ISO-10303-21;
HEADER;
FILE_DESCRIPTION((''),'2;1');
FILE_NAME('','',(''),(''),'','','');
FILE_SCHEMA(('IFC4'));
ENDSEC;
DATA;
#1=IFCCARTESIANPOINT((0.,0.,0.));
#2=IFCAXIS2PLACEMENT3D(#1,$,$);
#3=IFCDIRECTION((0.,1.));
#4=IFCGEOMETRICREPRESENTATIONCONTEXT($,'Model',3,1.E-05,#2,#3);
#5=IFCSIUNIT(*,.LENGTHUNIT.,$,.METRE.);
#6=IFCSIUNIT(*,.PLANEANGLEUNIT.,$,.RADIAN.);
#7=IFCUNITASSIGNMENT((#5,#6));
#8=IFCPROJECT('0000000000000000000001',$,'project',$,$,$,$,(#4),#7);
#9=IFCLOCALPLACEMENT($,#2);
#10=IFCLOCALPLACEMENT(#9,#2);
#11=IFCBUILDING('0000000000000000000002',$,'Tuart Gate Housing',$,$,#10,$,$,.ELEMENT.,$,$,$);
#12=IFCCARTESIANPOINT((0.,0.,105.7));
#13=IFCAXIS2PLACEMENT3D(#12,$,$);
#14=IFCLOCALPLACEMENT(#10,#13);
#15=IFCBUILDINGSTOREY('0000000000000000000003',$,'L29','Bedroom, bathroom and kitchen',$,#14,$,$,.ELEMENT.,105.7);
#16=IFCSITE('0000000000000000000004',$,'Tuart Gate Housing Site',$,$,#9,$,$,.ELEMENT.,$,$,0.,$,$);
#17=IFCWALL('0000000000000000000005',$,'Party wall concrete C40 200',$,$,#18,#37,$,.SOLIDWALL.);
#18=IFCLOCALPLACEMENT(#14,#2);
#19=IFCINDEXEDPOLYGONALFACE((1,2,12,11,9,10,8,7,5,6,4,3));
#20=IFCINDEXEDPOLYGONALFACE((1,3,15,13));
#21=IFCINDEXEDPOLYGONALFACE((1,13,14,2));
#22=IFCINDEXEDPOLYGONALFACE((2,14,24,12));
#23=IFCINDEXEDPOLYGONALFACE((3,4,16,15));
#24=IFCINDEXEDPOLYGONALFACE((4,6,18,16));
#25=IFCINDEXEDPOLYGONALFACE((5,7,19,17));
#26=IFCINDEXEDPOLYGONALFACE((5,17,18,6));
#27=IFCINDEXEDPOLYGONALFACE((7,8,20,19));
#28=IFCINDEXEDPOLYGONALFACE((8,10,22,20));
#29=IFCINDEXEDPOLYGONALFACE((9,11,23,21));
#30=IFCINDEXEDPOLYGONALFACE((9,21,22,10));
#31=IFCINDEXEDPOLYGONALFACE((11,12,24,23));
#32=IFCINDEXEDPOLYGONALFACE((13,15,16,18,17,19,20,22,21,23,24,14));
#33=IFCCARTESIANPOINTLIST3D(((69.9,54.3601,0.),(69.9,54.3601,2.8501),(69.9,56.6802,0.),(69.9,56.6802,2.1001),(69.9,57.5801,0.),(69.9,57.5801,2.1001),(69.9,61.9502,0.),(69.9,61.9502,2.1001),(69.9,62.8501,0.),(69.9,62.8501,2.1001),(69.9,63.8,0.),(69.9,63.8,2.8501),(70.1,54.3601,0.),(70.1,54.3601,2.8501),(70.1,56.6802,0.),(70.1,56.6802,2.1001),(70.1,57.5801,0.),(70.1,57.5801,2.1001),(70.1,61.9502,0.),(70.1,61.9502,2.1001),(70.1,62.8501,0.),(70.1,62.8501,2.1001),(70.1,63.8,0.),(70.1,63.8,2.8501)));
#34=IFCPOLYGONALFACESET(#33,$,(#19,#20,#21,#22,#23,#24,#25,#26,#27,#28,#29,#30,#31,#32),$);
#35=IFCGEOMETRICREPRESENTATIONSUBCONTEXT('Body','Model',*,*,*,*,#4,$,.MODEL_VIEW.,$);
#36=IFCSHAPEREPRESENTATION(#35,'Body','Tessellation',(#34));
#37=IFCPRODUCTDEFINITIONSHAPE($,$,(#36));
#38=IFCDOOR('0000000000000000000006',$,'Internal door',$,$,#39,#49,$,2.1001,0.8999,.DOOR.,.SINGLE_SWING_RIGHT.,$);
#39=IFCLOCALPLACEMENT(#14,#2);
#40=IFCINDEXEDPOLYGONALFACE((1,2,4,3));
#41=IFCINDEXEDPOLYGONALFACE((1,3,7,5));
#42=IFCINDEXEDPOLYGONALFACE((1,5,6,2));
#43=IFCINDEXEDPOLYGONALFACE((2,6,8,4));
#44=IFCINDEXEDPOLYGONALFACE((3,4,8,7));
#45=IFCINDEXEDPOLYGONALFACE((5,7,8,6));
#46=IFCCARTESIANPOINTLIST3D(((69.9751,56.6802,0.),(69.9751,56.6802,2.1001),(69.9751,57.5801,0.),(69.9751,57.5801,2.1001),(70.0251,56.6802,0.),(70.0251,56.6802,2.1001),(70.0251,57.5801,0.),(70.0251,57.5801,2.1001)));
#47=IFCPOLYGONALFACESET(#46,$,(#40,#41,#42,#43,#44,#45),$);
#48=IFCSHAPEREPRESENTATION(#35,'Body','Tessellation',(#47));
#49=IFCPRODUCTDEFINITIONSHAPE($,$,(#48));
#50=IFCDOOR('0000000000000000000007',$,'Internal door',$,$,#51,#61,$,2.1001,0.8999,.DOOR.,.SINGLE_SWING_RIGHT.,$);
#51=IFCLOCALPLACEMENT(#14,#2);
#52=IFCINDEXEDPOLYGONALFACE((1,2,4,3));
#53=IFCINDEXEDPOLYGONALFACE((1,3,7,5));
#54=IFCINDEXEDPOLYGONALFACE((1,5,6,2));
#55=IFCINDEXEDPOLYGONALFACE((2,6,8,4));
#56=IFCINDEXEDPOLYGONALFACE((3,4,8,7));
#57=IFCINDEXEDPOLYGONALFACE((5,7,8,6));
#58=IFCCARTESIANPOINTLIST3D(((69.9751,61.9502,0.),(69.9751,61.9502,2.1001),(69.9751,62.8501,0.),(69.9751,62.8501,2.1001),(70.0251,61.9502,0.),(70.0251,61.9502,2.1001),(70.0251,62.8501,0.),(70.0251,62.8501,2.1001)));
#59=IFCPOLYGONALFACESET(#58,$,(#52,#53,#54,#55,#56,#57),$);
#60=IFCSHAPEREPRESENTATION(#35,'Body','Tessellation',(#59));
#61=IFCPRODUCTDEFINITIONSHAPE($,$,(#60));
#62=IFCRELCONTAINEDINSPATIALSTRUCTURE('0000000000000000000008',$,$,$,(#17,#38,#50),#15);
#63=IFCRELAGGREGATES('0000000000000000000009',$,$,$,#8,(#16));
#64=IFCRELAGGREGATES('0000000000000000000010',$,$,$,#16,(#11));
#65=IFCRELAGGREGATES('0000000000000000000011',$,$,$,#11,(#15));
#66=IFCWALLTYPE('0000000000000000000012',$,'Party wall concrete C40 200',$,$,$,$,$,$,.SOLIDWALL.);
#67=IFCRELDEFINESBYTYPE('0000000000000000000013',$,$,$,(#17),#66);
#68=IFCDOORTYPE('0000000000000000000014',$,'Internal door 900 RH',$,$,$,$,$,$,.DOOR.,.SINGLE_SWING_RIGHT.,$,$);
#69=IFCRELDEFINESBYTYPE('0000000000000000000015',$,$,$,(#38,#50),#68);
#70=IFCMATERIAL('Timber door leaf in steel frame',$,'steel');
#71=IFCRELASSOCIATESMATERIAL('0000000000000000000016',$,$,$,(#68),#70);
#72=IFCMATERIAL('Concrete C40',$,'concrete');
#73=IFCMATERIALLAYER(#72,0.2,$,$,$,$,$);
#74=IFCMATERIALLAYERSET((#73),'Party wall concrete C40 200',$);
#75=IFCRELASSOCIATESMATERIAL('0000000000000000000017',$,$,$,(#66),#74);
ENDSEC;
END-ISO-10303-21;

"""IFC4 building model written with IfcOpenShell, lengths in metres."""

from ifc_helpers import new_model, si_unit, direction, frame, frame_2d, origin, place, context, subcontext, project, spatial, rectangle, extrude, material, layer, layer_set, type_object, element, fill, save


model = new_model("IFC4")

# Units and contexts
model_context = context("Model", 3, precision=1e-05, world=origin(), true_north=direction((0.0, 1.0)))
body_context = subcontext(model_context, "Body", "Model", "MODEL_VIEW")
ifc_project = project(units=[si_unit("LENGTHUNIT", "METRE"), si_unit("PLANEANGLEUNIT", "RADIAN")], contexts=[model_context])

# Site, building, storey
site_placement = place(None, origin())
site = spatial("IfcSite", under=ifc_project, at=site_placement, Name="Tuart Gate Housing Site", CompositionType="ELEMENT", RefElevation=0.0)
building_placement = place(site_placement, origin())
building = spatial("IfcBuilding", under=site, at=building_placement, Name="Tuart Gate Housing", CompositionType="ELEMENT")
storey_placement = place(building_placement, frame((0.0, 0.0, 105.7)))
storey = spatial("IfcBuildingStorey", under=building, at=storey_placement, Name="L29", Description="Bedroom, bathroom and kitchen", CompositionType="ELEMENT", Elevation=105.7)

# Shared definitions
ifc_material_1 = material(Name="Timber door leaf in steel frame", Category="steel")
door_type_1 = type_object("IfcDoorType", Name="Internal door 900 RH", OperationType="SINGLE_SWING_RIGHT", PredefinedType="DOOR", material=ifc_material_1)

# Shared definitions
ifc_material_2 = material(Name="Concrete C40", Category="concrete")
ifc_layer_1 = layer(ifc_material_2, 0.2)
ifc_layer_set_1 = layer_set([ifc_layer_1], Name="Party wall concrete C40 200")
wall_type_1 = type_object("IfcWallType", Name="Party wall concrete C40 200", PredefinedType="SOLIDWALL", material=ifc_layer_set_1)

# Wall, openings, doors
wall_1_placement = place(storey_placement, frame((70.0, 54.3601, 0.0), z_axis=(0.0, 0.0, 1.0), x_axis=(0.0, 1.0, 0.0)))
wall_1 = element("IfcWall", 1, at=wall_1_placement, inside=storey, type_object=wall_type_1, Name="Party wall concrete C40 200", PredefinedType="SOLIDWALL", context=body_context, shape_type="SweptSolid", body=[
    extrude(rectangle(XDim=9.4399, YDim=0.2, at=frame_2d((4.72, 0.0))), origin(), (0.0, 0.0, 1.0), 2.8501),
])
opening_1_placement = place(wall_1_placement, frame((2.3201, 0.0, 0.0)))
opening_1 = element("IfcOpeningElement", 2, at=opening_1_placement, cuts=wall_1, PredefinedType="OPENING", context=body_context, shape_type="SweptSolid", body=[
    extrude(rectangle(XDim=0.8999, YDim=2.1001, at=frame_2d((0.45, 1.05))), frame((0.0, 0.1099, 0.0), z_axis=(0.0, -1.0, 0.0), x_axis=(1.0, 0.0, 0.0)), (0.0, 0.0, 1.0), 0.22),
])
opening_2_placement = place(wall_1_placement, frame((7.5901, 0.0, 0.0)))
opening_2 = element("IfcOpeningElement", 3, at=opening_2_placement, cuts=wall_1, PredefinedType="OPENING", context=body_context, shape_type="SweptSolid", body=[
    extrude(rectangle(XDim=0.8999, YDim=2.1001, at=frame_2d((0.45, 1.05))), frame((0.0, 0.1099, 0.0), z_axis=(0.0, -1.0, 0.0), x_axis=(1.0, 0.0, 0.0)), (0.0, 0.0, 1.0), 0.22),
])
door_1_placement = place(opening_1_placement, frame((0.8999, 0.0, 0.0), z_axis=(0.0, 0.0, 1.0), x_axis=(-1.0, 0.0, 0.0)))
door_1 = element("IfcDoor", 4, at=door_1_placement, inside=storey, type_object=door_type_1, Name="Internal door", OperationType="SINGLE_SWING_RIGHT", OverallHeight=2.1001, OverallWidth=0.8999, PredefinedType="DOOR", context=body_context, shape_type="SweptSolid", body=[
    extrude(rectangle(XDim=0.8999, YDim=2.1001, at=frame_2d((0.45, 1.05))), frame((0.0, 0.0251, 0.0), z_axis=(0.0, -1.0, 0.0), x_axis=(1.0, 0.0, 0.0)), (0.0, 0.0, 1.0), 0.05),
])
fill(opening_1, door_1)
door_2_placement = place(opening_2_placement, frame((0.8999, 0.0, 0.0), z_axis=(0.0, 0.0, 1.0), x_axis=(-1.0, 0.0, 0.0)))
door_2 = element("IfcDoor", 5, at=door_2_placement, inside=storey, type_object=door_type_1, Name="Internal door", OperationType="SINGLE_SWING_RIGHT", OverallHeight=2.1001, OverallWidth=0.8999, PredefinedType="DOOR", context=body_context, shape_type="SweptSolid", body=[
    extrude(rectangle(XDim=0.8999, YDim=2.1001, at=frame_2d((0.45, 1.05))), frame((0.0, 0.0251, 0.0), z_axis=(0.0, -1.0, 0.0), x_axis=(1.0, 0.0, 0.0)), (0.0, 0.0, 1.0), 0.05),
])
fill(opening_2, door_2)

save(model, "model.ifc")
